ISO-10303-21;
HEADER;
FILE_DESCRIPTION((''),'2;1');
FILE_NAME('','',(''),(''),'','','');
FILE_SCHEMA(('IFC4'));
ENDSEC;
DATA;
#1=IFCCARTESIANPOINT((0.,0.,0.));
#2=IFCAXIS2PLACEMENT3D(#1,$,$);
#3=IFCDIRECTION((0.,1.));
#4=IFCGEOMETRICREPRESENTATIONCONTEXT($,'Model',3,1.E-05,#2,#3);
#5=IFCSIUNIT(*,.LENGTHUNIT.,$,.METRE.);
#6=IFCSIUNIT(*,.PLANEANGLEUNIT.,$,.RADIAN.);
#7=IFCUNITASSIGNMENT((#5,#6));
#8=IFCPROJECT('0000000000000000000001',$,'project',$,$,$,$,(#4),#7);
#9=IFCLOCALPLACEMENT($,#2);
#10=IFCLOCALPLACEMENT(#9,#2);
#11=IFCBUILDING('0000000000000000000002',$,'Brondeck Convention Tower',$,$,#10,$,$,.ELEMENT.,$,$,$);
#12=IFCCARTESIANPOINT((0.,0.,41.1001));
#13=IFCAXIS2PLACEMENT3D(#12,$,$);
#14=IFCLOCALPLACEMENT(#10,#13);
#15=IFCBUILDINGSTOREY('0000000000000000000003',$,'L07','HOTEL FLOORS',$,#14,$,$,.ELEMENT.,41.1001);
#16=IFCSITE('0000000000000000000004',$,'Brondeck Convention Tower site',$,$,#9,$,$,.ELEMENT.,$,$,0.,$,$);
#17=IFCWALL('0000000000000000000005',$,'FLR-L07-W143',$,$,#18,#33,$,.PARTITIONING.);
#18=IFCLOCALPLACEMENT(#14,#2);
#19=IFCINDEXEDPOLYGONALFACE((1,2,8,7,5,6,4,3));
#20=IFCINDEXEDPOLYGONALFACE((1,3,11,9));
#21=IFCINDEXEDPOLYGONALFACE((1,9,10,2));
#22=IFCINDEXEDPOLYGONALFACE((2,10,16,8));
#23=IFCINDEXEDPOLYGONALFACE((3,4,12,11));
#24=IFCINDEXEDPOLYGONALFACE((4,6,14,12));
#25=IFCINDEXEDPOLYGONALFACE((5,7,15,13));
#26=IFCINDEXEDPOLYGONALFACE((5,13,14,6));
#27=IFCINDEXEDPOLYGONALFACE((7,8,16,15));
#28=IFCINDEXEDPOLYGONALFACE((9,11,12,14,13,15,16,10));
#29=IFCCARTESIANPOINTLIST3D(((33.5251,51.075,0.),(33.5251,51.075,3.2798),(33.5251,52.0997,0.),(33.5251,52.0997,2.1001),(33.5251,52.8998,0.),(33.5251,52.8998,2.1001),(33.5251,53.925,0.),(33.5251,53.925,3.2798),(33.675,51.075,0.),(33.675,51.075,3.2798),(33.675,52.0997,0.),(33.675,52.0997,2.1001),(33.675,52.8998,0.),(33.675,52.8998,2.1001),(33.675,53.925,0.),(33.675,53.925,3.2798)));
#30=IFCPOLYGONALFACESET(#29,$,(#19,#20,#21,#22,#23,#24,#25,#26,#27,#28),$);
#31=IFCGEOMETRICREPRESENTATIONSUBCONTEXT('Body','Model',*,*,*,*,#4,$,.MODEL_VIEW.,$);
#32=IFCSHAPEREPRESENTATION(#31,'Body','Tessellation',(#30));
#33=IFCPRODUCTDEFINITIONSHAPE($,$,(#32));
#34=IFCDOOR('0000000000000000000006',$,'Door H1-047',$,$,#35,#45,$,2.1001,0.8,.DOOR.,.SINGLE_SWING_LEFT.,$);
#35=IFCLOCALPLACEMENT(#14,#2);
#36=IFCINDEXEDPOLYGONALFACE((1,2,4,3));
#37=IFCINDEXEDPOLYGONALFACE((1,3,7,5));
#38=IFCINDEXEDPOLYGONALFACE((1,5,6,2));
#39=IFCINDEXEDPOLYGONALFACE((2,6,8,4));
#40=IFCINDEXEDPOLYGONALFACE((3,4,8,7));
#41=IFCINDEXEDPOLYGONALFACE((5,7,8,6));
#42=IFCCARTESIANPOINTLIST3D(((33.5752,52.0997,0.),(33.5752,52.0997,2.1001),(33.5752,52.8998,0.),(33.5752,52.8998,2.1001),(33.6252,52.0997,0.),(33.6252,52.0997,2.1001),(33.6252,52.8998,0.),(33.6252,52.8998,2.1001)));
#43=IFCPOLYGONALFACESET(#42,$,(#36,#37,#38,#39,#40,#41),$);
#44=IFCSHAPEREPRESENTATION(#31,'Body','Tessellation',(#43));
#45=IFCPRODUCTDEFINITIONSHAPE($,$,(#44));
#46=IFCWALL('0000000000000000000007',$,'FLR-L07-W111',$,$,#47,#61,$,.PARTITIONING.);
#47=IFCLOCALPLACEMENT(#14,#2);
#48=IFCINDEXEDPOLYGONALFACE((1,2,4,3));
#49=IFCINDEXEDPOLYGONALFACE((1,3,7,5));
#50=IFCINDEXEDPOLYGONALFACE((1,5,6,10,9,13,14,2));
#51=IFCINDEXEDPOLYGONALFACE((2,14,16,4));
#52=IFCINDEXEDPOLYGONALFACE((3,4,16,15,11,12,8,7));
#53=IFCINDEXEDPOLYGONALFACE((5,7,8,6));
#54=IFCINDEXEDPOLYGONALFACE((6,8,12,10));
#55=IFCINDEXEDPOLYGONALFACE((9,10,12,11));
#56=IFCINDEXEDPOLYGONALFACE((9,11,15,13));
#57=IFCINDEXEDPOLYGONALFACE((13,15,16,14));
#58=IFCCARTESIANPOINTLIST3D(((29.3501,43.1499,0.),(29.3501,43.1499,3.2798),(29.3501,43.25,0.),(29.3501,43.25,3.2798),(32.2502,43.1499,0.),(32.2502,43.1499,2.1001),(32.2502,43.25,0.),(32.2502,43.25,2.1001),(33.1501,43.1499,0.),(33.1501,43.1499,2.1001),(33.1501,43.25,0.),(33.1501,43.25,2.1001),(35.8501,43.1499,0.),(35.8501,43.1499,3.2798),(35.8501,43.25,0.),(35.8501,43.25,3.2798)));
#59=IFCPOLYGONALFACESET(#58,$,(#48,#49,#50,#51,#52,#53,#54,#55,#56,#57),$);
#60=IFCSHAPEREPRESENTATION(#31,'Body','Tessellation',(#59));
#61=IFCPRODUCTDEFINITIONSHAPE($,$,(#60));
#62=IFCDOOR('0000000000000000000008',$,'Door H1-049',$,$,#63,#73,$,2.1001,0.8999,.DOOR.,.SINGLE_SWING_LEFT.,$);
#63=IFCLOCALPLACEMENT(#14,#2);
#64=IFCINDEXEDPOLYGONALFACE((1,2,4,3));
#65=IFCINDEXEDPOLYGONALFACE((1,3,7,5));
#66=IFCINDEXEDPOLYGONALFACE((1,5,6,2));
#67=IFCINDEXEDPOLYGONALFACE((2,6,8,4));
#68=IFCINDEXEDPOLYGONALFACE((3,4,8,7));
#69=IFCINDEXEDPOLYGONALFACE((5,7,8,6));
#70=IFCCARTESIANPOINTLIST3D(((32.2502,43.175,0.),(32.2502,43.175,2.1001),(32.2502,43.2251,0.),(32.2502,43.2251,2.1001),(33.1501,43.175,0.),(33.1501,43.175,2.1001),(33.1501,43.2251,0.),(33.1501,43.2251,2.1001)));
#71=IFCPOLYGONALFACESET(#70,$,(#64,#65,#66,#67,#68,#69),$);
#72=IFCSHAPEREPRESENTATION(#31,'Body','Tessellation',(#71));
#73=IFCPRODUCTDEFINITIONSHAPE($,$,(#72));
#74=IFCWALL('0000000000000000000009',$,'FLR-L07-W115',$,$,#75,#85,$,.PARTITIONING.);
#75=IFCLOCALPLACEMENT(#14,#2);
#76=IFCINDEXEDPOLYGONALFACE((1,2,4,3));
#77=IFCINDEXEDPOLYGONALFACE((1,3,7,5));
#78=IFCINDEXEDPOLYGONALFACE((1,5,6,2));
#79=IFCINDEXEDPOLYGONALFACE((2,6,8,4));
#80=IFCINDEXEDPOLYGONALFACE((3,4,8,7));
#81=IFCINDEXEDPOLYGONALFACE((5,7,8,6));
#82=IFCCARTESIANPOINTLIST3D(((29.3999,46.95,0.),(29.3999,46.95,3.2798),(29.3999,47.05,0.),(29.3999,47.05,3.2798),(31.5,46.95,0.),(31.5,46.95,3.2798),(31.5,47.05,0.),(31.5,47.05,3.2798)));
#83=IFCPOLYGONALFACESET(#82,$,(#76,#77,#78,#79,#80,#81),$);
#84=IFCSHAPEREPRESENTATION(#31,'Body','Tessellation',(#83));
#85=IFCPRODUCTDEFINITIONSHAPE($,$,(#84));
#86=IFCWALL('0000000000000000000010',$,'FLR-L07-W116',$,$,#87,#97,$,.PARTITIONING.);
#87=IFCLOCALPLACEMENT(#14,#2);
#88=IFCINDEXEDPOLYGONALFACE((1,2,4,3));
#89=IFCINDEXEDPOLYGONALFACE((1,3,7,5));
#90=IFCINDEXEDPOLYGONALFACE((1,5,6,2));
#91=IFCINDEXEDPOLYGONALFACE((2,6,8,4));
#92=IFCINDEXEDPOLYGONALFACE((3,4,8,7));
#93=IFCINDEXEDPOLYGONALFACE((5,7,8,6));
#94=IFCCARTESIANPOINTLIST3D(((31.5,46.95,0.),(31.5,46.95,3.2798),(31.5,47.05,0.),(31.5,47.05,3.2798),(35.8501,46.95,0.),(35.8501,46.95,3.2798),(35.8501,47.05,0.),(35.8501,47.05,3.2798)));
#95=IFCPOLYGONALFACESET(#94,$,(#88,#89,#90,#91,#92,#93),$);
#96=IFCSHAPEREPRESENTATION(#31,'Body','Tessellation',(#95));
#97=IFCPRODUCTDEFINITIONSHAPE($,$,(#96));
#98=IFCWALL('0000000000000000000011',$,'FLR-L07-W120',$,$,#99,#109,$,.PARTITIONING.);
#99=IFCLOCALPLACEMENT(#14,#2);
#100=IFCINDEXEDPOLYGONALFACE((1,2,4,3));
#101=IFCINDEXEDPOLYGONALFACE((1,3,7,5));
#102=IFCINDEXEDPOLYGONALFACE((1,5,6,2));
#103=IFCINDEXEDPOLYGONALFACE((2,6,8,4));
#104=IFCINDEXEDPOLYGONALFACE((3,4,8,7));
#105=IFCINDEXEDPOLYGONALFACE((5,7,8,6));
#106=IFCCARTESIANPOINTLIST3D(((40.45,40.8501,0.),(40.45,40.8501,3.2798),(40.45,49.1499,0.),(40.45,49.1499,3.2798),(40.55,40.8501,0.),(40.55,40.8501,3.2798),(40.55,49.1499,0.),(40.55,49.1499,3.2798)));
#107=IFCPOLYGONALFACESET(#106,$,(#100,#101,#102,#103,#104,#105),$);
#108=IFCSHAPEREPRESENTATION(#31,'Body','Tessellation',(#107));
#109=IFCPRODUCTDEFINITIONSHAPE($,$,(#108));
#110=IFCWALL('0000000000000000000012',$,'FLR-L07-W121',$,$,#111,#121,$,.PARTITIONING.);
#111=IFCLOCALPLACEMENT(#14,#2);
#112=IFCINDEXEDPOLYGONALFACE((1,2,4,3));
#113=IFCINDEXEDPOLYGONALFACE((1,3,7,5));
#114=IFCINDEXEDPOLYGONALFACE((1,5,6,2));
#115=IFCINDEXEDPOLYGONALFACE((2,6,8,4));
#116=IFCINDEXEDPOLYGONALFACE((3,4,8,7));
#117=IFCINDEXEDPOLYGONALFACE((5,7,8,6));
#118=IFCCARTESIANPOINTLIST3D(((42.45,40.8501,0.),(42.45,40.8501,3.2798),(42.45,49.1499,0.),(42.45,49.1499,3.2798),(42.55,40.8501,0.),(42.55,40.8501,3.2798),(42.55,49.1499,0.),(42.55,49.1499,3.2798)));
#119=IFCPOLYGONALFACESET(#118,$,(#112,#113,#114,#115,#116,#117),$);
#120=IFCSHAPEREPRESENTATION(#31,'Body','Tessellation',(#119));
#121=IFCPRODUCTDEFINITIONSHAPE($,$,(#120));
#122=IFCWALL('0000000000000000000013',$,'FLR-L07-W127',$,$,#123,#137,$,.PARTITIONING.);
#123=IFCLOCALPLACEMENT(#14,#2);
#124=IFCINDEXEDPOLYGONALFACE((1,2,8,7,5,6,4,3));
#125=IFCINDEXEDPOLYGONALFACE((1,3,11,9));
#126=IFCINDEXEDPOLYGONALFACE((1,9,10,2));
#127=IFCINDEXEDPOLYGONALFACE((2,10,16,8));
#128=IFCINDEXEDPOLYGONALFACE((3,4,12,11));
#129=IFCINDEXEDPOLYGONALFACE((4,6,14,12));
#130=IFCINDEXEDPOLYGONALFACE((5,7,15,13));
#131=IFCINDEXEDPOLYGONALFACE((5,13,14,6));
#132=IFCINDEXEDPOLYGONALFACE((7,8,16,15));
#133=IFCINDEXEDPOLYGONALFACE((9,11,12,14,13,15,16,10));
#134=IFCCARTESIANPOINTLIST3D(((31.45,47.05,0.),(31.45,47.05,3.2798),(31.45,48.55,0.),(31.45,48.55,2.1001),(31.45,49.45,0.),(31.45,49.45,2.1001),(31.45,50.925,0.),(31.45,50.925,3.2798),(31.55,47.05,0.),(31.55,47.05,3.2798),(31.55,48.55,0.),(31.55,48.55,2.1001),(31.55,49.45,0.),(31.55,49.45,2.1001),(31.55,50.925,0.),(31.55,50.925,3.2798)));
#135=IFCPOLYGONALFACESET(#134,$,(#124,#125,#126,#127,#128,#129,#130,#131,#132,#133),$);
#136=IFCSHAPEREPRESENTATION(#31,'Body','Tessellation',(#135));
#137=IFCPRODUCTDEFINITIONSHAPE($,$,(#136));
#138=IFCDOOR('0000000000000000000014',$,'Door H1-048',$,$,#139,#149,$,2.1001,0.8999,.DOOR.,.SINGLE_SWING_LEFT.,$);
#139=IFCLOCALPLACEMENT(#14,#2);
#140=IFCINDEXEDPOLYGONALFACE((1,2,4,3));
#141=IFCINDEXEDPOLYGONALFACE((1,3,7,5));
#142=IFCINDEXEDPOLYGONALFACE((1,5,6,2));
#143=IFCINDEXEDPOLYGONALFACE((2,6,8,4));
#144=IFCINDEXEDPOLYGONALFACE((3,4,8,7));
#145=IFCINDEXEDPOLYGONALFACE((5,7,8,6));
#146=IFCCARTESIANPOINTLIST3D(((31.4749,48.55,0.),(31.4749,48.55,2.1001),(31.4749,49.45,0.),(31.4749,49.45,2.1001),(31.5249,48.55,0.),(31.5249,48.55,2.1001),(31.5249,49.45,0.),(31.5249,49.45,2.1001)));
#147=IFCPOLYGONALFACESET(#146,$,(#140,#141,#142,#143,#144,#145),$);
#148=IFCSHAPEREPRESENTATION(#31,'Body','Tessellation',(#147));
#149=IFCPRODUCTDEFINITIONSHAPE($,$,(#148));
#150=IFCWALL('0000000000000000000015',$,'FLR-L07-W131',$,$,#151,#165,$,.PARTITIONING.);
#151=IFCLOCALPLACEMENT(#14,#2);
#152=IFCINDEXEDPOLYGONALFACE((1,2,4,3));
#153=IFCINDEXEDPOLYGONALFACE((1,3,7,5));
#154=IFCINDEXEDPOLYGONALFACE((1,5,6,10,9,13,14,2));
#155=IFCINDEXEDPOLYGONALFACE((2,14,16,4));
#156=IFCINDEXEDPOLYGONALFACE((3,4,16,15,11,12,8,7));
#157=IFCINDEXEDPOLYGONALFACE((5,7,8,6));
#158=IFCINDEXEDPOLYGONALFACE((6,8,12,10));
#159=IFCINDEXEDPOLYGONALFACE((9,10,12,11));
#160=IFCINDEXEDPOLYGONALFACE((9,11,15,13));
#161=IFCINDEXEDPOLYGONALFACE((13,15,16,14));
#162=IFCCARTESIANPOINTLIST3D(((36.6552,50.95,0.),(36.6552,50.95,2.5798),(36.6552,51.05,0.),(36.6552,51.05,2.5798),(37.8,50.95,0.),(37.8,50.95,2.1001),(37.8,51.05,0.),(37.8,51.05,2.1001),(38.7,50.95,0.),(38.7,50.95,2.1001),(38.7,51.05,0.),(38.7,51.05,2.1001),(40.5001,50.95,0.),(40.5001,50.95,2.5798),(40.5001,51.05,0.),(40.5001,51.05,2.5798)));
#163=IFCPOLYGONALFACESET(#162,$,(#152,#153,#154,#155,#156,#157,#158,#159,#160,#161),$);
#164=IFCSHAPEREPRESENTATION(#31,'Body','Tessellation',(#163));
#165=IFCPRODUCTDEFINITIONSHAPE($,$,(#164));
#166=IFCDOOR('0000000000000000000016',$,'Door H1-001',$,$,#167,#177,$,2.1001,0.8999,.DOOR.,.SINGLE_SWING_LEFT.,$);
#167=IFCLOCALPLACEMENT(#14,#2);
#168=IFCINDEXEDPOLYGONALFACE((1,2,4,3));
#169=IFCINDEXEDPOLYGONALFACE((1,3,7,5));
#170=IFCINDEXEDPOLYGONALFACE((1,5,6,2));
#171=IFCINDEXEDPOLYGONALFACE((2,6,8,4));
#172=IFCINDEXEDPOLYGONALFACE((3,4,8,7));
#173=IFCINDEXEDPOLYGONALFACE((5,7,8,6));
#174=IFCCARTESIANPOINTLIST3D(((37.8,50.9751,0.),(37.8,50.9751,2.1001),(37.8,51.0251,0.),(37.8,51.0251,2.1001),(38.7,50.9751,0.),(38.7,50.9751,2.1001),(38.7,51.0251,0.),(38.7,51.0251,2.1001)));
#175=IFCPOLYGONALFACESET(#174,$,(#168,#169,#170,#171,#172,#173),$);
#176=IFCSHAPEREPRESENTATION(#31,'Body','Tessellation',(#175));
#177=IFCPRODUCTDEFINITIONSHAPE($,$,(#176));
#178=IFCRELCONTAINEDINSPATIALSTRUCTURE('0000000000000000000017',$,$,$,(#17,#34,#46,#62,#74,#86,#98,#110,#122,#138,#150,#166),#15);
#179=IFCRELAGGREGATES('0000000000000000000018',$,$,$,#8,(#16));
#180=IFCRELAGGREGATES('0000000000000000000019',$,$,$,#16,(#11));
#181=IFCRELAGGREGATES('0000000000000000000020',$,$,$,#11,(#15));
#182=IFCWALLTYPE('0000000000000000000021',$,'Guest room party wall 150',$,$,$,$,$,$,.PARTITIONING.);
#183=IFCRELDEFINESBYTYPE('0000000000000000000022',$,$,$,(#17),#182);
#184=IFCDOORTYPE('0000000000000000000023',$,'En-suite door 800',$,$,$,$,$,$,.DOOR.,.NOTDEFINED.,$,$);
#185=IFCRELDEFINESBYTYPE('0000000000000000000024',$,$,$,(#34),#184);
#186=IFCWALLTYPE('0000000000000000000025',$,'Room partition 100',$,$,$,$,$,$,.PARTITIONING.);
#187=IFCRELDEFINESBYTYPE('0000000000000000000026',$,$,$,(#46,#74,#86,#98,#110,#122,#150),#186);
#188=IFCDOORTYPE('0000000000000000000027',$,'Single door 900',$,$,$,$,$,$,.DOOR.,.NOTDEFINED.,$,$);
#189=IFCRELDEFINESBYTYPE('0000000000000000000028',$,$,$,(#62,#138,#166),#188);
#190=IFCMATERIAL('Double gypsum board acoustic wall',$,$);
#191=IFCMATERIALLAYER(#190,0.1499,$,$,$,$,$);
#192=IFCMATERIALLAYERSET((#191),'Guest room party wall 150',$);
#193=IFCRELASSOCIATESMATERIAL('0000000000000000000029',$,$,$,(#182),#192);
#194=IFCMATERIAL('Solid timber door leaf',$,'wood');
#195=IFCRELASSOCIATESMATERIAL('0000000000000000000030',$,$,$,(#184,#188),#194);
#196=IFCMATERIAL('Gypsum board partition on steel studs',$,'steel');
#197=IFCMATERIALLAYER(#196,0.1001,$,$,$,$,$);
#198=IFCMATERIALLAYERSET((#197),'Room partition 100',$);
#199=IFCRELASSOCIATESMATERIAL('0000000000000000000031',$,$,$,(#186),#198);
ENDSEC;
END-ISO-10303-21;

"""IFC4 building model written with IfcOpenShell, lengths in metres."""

from ifc_helpers import new_model, si_unit, direction, frame, frame_2d, origin, place, context, subcontext, project, spatial, rectangle, extrude, material, layer, layer_set, type_object, element, fill, save


model = new_model("IFC4")

# Units and contexts
model_context = context("Model", 3, precision=1e-05, world=origin(), true_north=direction((0.0, 1.0)))
body_context = subcontext(model_context, "Body", "Model", "MODEL_VIEW")
ifc_project = project(units=[si_unit("LENGTHUNIT", "METRE"), si_unit("PLANEANGLEUNIT", "RADIAN")], contexts=[model_context])

# Site, building, storey
site_placement = place(None, origin())
site = spatial("IfcSite", under=ifc_project, at=site_placement, Name="Brondeck Convention Tower site", CompositionType="ELEMENT", RefElevation=0.0)
building_placement = place(site_placement, origin())
building = spatial("IfcBuilding", under=site, at=building_placement, Name="Brondeck Convention Tower", CompositionType="ELEMENT")
storey_placement = place(building_placement, frame((0.0, 0.0, 41.1001)))
storey = spatial("IfcBuildingStorey", under=building, at=storey_placement, Name="L07", Description="HOTEL FLOORS", CompositionType="ELEMENT", Elevation=41.1001)

# Shared definitions
ifc_material_1 = material(Name="Double gypsum board acoustic wall")
ifc_layer_1 = layer(ifc_material_1, 0.1499)
ifc_layer_set_1 = layer_set([ifc_layer_1], Name="Guest room party wall 150")
wall_type_1 = type_object("IfcWallType", Name="Guest room party wall 150", PredefinedType="PARTITIONING", material=ifc_layer_set_1)

# Walls, openings, doors
wall_1_placement = place(storey_placement, frame((33.6001, 51.075, 0.0), z_axis=(0.0, 0.0, 1.0), x_axis=(0.0, 1.0, 0.0)))
wall_1 = element("IfcWall", 1, at=wall_1_placement, inside=storey, type_object=wall_type_1, Name="FLR-L07-W143", PredefinedType="PARTITIONING", context=body_context, shape_type="SweptSolid", body=[
    extrude(rectangle(XDim=2.8501, YDim=0.1499, at=frame_2d((1.425, 0.0))), origin(), (0.0, 0.0, 1.0), 3.2798),
])
opening_1_placement = place(wall_1_placement, frame((1.0249, 0.0, 0.0)))
opening_1 = element("IfcOpeningElement", 2, at=opening_1_placement, cuts=wall_1, PredefinedType="OPENING", context=body_context, shape_type="SweptSolid", body=[
    extrude(rectangle(XDim=0.8, YDim=2.1001, at=frame_2d((0.3999, 1.05))), frame((0.0, 0.085, 0.0), z_axis=(0.0, -1.0, 0.0), x_axis=(1.0, 0.0, 0.0)), (0.0, 0.0, 1.0), 0.1699),
])
ifc_material_2 = material(Name="Solid timber door leaf", Category="wood")
door_type_1 = type_object("IfcDoorType", Name="En-suite door 800", OperationType="NOTDEFINED", PredefinedType="DOOR", material=ifc_material_2)
door_1_placement = place(opening_1_placement, origin())
door_1 = element("IfcDoor", 3, at=door_1_placement, inside=storey, type_object=door_type_1, Name="Door H1-047", OperationType="SINGLE_SWING_LEFT", OverallHeight=2.1001, OverallWidth=0.8, PredefinedType="DOOR", context=body_context, shape_type="SweptSolid", body=[
    extrude(rectangle(XDim=0.8, YDim=2.1001, at=frame_2d((0.3999, 1.05))), frame((0.0, 0.0249, 0.0), z_axis=(0.0, -1.0, 0.0), x_axis=(1.0, 0.0, 0.0)), (0.0, 0.0, 1.0), 0.05),
])
fill(opening_1, door_1)
ifc_material_3 = material(Name="Gypsum board partition on steel studs", Category="steel")
ifc_layer_2 = layer(ifc_material_3, 0.1001)
ifc_layer_set_2 = layer_set([ifc_layer_2], Name="Room partition 100")
wall_type_2 = type_object("IfcWallType", Name="Room partition 100", PredefinedType="PARTITIONING", material=ifc_layer_set_2)
wall_2_placement = place(storey_placement, frame((35.8501, 43.2, 0.0), z_axis=(0.0, 0.0, 1.0), x_axis=(-1.0, 0.0, 0.0)))
wall_2 = element("IfcWall", 4, at=wall_2_placement, inside=storey, type_object=wall_type_2, Name="FLR-L07-W111", PredefinedType="PARTITIONING", context=body_context, shape_type="SweptSolid", body=[
    extrude(rectangle(XDim=6.5, YDim=0.1001, at=frame_2d((3.25, 0.0))), origin(), (0.0, 0.0, 1.0), 3.2798),
])
opening_2_placement = place(wall_2_placement, frame((2.7, 0.0, 0.0)))
opening_2 = element("IfcOpeningElement", 5, at=opening_2_placement, cuts=wall_2, PredefinedType="OPENING", context=body_context, shape_type="SweptSolid", body=[
    extrude(rectangle(XDim=0.8999, YDim=2.1001, at=frame_2d((0.45, 1.05))), frame((0.0, 0.0601, 0.0), z_axis=(0.0, -1.0, 0.0), x_axis=(1.0, 0.0, 0.0)), (0.0, 0.0, 1.0), 0.1201),
])
door_type_2 = type_object("IfcDoorType", Name="Single door 900", OperationType="NOTDEFINED", PredefinedType="DOOR", material=ifc_material_2)
door_2_placement = place(opening_2_placement, origin())
door_2 = element("IfcDoor", 6, at=door_2_placement, inside=storey, type_object=door_type_2, Name="Door H1-049", OperationType="SINGLE_SWING_LEFT", OverallHeight=2.1001, OverallWidth=0.8999, PredefinedType="DOOR", context=body_context, shape_type="SweptSolid", body=[
    extrude(rectangle(XDim=0.8999, YDim=2.1001, at=frame_2d((0.45, 1.05))), frame((0.0, 0.0249, 0.0), z_axis=(0.0, -1.0, 0.0), x_axis=(1.0, 0.0, 0.0)), (0.0, 0.0, 1.0), 0.05),
])
fill(opening_2, door_2)

# Walls
wall_3_placement = place(storey_placement, frame((29.3999, 47.0, 0.0), z_axis=(0.0, 0.0, 1.0), x_axis=(1.0, 0.0, 0.0)))
element("IfcWall", 7, at=wall_3_placement, inside=storey, type_object=wall_type_2, Name="FLR-L07-W115", PredefinedType="PARTITIONING", context=body_context, shape_type="SweptSolid", body=[
    extrude(rectangle(XDim=2.1001, YDim=0.1001, at=frame_2d((1.05, 0.0))), origin(), (0.0, 0.0, 1.0), 3.2798),
])
wall_4_placement = place(storey_placement, frame((31.5, 47.0, 0.0), z_axis=(0.0, 0.0, 1.0), x_axis=(1.0, 0.0, 0.0)))
element("IfcWall", 8, at=wall_4_placement, inside=storey, type_object=wall_type_2, Name="FLR-L07-W116", PredefinedType="PARTITIONING", context=body_context, shape_type="SweptSolid", body=[
    extrude(rectangle(XDim=4.3501, YDim=0.1001, at=frame_2d((2.175, 0.0))), origin(), (0.0, 0.0, 1.0), 3.2798),
])
for number, where, z_axis, x_axis, name in (
    (9, (40.5, 49.1499, 0.0), (0.0, 0.0, 1.0), (0.0, -1.0, 0.0), "FLR-L07-W120"),
    (10, (42.5, 49.1499, 0.0), (0.0, 0.0, 1.0), (0.0, -1.0, 0.0), "FLR-L07-W121"),
):
    element("IfcWall", number, at=place(storey_placement, frame(where, z_axis=z_axis, x_axis=x_axis)), inside=storey, type_object=wall_type_2, Name=name, PredefinedType="PARTITIONING", context=body_context, shape_type="SweptSolid", body=[
        extrude(rectangle(XDim=8.2998, YDim=0.1001, at=frame_2d((4.1499, 0.0))), origin(), (0.0, 0.0, 1.0), 3.2798),
    ])

# Walls, openings, doors
wall_5_placement = place(storey_placement, frame((31.5, 50.925, 0.0), z_axis=(0.0, 0.0, 1.0), x_axis=(0.0, -1.0, 0.0)))
wall_5 = element("IfcWall", 11, at=wall_5_placement, inside=storey, type_object=wall_type_2, Name="FLR-L07-W127", PredefinedType="PARTITIONING", context=body_context, shape_type="SweptSolid", body=[
    extrude(rectangle(XDim=3.875, YDim=0.1001, at=frame_2d((1.9375, 0.0))), origin(), (0.0, 0.0, 1.0), 3.2798),
])
opening_3_placement = place(wall_5_placement, frame((1.4751, 0.0, 0.0)))
opening_3 = element("IfcOpeningElement", 12, at=opening_3_placement, cuts=wall_5, PredefinedType="OPENING", context=body_context, shape_type="SweptSolid", body=[
    extrude(rectangle(XDim=0.8999, YDim=2.1001, at=frame_2d((0.45, 1.05))), frame((0.0, 0.0601, 0.0), z_axis=(0.0, -1.0, 0.0), x_axis=(1.0, 0.0, 0.0)), (0.0, 0.0, 1.0), 0.1201),
])
door_3_placement = place(opening_3_placement, origin())
door_3 = element("IfcDoor", 13, at=door_3_placement, inside=storey, type_object=door_type_2, Name="Door H1-048", OperationType="SINGLE_SWING_LEFT", OverallHeight=2.1001, OverallWidth=0.8999, PredefinedType="DOOR", context=body_context, shape_type="SweptSolid", body=[
    extrude(rectangle(XDim=0.8999, YDim=2.1001, at=frame_2d((0.45, 1.05))), frame((0.0, 0.0249, 0.0), z_axis=(0.0, -1.0, 0.0), x_axis=(1.0, 0.0, 0.0)), (0.0, 0.0, 1.0), 0.05),
])
fill(opening_3, door_3)
wall_6_placement = place(storey_placement, frame((40.5, 51.0, 0.0), z_axis=(0.0, 0.0, 1.0), x_axis=(-1.0, 0.0, 0.0)))
wall_6 = element("IfcWall", 14, at=wall_6_placement, inside=storey, type_object=wall_type_2, Name="FLR-L07-W131", PredefinedType="PARTITIONING", context=body_context, shape_type="SweptSolid", body=[
    extrude(rectangle(XDim=3.845, YDim=0.1001, at=frame_2d((1.9224, 0.0))), origin(), (0.0, 0.0, 1.0), 2.5798),
])
opening_4_placement = place(wall_6_placement, frame((1.8, 0.0, 0.0)))
opening_4 = element("IfcOpeningElement", 15, at=opening_4_placement, cuts=wall_6, PredefinedType="OPENING", context=body_context, shape_type="SweptSolid", body=[
    extrude(rectangle(XDim=0.8999, YDim=2.1001, at=frame_2d((0.45, 1.05))), frame((0.0, 0.0601, 0.0), z_axis=(0.0, -1.0, 0.0), x_axis=(1.0, 0.0, 0.0)), (0.0, 0.0, 1.0), 0.1201),
])
door_4_placement = place(opening_4_placement, origin())
door_4 = element("IfcDoor", 16, at=door_4_placement, inside=storey, type_object=door_type_2, Name="Door H1-001", OperationType="SINGLE_SWING_LEFT", OverallHeight=2.1001, OverallWidth=0.8999, PredefinedType="DOOR", context=body_context, shape_type="SweptSolid", body=[
    extrude(rectangle(XDim=0.8999, YDim=2.1001, at=frame_2d((0.45, 1.05))), frame((0.0, 0.0249, 0.0), z_axis=(0.0, -1.0, 0.0), x_axis=(1.0, 0.0, 0.0)), (0.0, 0.0, 1.0), 0.05),
])
fill(opening_4, door_4)

save(model, "model.ifc")
